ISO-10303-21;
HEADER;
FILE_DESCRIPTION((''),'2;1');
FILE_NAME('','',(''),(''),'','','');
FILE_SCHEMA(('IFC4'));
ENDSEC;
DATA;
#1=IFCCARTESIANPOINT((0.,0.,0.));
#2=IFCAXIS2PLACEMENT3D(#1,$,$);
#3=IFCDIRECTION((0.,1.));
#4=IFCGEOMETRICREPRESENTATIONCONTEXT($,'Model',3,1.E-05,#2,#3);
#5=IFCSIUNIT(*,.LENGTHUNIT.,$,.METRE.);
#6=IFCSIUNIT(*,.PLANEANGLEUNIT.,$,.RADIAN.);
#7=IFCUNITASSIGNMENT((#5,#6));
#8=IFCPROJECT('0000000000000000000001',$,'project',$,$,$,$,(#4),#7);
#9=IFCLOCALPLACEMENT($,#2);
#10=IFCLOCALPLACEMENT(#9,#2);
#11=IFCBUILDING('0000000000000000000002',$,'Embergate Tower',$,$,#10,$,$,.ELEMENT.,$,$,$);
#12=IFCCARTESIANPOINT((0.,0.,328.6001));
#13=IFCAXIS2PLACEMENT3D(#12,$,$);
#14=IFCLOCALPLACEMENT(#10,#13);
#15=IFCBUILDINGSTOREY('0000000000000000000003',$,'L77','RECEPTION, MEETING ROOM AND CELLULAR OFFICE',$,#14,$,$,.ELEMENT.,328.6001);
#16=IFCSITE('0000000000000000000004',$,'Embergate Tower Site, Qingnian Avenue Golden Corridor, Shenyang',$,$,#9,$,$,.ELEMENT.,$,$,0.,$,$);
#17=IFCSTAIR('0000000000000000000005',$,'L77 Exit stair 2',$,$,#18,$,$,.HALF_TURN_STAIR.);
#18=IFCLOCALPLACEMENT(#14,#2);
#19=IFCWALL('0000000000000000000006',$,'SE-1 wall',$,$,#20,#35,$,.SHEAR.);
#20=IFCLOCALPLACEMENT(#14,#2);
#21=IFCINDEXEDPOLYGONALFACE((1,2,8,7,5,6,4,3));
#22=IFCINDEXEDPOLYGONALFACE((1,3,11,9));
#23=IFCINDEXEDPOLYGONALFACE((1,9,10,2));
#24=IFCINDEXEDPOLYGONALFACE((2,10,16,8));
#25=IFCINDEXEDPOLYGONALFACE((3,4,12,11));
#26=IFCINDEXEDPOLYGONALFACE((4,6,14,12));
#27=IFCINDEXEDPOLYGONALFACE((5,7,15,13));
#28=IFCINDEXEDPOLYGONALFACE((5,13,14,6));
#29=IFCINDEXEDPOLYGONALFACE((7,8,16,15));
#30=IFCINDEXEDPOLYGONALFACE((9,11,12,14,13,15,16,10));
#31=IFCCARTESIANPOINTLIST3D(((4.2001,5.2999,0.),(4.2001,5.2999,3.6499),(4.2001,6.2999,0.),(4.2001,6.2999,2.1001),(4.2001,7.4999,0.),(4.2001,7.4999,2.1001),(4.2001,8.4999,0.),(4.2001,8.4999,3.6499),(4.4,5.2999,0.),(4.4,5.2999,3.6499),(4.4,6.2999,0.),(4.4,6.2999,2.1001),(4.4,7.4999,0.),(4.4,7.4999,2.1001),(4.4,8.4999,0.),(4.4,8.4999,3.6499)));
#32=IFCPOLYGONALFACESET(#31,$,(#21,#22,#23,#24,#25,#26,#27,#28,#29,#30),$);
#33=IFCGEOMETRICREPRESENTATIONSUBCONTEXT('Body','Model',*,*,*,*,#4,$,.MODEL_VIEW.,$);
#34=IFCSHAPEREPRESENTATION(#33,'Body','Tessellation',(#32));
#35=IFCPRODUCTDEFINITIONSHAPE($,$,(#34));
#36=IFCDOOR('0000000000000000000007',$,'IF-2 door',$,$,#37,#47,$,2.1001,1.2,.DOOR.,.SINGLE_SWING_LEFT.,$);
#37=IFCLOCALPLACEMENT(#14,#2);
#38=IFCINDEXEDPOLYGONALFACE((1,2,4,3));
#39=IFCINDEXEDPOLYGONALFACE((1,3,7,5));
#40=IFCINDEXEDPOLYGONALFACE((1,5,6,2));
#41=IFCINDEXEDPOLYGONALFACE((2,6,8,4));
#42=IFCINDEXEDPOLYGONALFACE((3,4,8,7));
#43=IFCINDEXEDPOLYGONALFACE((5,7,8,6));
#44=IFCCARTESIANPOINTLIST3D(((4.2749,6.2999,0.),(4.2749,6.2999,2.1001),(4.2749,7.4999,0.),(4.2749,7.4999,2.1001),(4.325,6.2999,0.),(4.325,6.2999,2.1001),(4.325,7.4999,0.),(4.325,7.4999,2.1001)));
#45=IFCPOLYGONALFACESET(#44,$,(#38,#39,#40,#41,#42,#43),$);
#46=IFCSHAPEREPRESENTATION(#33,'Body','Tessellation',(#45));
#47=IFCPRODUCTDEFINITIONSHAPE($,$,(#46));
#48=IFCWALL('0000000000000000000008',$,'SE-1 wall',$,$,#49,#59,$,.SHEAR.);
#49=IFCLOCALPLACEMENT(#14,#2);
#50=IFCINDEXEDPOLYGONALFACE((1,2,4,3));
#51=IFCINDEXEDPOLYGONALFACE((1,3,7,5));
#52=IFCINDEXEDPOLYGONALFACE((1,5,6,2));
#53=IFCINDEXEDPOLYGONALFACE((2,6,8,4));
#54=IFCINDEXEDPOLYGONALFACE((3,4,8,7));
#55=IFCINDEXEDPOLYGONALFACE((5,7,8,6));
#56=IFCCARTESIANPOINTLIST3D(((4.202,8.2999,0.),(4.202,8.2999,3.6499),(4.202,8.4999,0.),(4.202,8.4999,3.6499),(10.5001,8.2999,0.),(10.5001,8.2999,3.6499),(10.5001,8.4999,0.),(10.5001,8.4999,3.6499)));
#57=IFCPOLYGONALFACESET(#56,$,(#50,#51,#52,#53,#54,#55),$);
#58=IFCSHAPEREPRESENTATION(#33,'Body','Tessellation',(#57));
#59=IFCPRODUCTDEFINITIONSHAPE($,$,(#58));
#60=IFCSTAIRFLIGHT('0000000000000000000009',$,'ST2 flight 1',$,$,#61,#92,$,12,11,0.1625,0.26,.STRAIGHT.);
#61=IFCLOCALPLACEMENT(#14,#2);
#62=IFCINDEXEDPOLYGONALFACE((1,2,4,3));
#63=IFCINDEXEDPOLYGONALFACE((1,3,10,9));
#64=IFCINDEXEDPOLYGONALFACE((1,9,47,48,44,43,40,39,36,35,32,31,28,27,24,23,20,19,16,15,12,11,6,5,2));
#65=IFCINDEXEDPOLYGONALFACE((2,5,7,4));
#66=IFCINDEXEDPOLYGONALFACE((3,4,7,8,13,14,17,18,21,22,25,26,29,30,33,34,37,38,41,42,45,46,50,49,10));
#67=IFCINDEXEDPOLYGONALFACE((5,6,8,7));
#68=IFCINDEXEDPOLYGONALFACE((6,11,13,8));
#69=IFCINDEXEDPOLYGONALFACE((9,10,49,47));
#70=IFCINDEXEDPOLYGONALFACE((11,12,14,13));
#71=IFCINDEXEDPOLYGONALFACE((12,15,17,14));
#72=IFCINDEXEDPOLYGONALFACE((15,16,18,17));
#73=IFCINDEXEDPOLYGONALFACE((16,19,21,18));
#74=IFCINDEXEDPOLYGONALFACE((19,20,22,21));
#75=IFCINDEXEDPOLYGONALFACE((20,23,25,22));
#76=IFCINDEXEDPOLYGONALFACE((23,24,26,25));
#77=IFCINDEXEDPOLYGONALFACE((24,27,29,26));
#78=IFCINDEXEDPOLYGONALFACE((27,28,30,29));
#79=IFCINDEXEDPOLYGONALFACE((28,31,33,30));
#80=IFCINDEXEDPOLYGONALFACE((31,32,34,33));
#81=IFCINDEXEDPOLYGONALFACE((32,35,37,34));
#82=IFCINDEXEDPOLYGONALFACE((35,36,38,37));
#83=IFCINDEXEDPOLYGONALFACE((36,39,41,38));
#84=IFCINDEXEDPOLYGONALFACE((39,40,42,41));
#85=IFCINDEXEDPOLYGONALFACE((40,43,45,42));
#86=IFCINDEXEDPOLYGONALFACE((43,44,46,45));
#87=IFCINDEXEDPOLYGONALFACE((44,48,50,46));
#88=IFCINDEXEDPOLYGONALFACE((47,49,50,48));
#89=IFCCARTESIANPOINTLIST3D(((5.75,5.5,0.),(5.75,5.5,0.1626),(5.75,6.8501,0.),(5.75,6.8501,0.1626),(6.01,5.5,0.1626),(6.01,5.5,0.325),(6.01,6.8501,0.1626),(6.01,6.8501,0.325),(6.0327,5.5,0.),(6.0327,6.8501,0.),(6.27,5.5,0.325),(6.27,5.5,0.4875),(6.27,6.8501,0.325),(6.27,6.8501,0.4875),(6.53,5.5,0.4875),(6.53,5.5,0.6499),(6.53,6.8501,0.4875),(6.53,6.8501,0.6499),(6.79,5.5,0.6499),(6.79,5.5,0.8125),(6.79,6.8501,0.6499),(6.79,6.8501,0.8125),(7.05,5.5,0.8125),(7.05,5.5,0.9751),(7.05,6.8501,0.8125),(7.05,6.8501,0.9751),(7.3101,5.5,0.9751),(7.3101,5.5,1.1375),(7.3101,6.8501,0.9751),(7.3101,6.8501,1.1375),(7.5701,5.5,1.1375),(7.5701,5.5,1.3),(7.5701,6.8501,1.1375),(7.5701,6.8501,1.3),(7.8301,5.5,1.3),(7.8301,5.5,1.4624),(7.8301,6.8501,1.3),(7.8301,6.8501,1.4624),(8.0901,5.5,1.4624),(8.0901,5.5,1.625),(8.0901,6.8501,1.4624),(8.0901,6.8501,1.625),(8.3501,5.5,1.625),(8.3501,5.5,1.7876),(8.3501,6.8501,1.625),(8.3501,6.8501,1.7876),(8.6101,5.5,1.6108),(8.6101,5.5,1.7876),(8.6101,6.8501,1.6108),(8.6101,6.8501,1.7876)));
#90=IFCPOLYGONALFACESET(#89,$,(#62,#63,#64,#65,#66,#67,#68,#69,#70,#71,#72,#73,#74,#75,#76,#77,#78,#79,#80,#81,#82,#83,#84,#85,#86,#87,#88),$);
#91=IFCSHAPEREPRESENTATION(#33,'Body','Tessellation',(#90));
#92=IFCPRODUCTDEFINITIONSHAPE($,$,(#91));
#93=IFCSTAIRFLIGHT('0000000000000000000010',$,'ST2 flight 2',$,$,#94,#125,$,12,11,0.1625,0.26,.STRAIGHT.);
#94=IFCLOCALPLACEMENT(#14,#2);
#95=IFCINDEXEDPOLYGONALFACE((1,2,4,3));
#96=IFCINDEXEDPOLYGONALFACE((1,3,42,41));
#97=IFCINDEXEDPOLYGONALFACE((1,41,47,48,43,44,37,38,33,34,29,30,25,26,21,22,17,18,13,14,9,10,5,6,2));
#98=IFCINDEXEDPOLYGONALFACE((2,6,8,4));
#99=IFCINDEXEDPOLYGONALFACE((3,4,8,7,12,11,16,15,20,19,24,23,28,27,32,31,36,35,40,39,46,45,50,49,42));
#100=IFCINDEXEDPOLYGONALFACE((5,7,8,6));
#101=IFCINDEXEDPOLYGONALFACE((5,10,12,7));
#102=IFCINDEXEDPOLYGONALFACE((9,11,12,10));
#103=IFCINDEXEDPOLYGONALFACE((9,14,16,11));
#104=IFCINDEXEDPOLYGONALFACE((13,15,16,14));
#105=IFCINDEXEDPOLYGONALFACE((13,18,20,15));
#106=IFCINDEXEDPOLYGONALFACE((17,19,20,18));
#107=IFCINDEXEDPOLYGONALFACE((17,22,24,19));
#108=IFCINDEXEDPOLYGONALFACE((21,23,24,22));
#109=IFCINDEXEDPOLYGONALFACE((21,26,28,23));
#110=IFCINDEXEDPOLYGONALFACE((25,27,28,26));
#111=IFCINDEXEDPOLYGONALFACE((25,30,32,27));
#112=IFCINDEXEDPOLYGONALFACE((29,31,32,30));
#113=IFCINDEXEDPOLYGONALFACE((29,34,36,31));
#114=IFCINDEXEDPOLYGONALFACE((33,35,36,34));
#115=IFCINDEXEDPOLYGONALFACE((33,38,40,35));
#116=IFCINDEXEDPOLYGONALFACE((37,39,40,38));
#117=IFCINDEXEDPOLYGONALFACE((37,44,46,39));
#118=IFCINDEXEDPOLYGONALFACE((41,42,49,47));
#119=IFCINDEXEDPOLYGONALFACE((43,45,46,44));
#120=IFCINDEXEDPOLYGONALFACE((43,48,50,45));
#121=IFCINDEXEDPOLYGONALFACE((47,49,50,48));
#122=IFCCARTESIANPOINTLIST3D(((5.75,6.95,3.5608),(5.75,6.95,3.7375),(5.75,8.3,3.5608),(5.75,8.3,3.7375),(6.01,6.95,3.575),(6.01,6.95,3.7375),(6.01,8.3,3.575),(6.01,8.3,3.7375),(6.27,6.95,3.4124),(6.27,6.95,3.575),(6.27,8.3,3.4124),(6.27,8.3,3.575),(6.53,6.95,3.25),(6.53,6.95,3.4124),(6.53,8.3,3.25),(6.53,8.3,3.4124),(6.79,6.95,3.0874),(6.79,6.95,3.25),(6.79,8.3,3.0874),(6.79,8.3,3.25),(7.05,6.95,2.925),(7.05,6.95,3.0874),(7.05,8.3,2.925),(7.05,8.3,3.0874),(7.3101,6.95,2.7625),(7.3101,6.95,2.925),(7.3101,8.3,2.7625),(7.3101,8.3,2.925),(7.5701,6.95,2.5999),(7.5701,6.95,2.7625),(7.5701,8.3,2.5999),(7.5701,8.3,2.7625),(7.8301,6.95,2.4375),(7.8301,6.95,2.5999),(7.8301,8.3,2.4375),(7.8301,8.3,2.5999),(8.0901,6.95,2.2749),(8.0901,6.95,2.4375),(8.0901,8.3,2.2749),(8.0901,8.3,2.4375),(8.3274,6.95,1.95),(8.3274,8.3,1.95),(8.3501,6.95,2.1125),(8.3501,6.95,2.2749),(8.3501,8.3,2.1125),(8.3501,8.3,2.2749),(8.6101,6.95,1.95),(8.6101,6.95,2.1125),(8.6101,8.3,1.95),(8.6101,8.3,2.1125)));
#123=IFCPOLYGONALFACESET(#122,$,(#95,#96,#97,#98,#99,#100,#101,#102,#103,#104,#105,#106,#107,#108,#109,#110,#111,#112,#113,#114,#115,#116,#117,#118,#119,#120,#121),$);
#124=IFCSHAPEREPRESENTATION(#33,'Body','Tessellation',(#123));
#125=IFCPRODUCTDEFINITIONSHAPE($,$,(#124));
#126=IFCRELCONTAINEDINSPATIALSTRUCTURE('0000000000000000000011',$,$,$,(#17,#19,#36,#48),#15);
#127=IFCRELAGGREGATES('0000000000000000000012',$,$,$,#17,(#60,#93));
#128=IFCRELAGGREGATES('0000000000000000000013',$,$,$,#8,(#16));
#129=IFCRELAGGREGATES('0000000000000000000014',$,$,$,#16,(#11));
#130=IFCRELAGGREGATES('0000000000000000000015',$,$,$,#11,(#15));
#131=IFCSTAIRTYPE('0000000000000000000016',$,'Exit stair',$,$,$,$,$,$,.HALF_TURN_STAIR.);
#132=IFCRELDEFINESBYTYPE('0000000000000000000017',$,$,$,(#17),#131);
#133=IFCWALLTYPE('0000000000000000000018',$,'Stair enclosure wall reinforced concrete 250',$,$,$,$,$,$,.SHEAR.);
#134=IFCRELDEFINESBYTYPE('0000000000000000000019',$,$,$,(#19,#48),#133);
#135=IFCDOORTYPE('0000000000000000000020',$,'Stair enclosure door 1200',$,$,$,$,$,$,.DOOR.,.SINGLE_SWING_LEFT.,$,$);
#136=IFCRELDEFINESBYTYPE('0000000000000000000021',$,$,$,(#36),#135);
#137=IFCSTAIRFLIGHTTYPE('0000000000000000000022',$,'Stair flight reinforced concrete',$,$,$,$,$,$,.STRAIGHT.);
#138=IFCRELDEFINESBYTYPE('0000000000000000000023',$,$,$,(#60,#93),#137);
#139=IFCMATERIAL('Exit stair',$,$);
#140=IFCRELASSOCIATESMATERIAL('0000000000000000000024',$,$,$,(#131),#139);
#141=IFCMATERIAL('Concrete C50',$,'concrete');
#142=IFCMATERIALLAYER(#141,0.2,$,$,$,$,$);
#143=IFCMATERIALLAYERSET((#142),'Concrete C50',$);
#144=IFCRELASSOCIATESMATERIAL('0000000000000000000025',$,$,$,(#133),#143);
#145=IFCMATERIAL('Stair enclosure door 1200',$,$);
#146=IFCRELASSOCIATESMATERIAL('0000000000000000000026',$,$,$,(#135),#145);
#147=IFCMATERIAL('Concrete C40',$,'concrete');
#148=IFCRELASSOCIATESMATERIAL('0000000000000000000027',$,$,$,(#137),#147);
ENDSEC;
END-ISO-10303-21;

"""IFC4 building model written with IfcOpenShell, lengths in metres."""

from ifc_helpers import new_model, si_unit, direction, frame, frame_2d, origin, place, context, subcontext, project, spatial, polyline, rectangle, outline, extrude, source, transform, mapped, material, layer, layer_set, type_object, element, fill, aggregate, save


model = new_model("IFC4")

# Units and contexts
model_context = context("Model", 3, precision=1e-05, world=origin(), true_north=direction((0.0, 1.0)))
body_context = subcontext(model_context, "Body", "Model", "MODEL_VIEW")
ifc_project = project(units=[si_unit("LENGTHUNIT", "METRE"), si_unit("PLANEANGLEUNIT", "RADIAN")], contexts=[model_context])

# Site, building, storey
site_placement = place(None, origin())
site = spatial("IfcSite", under=ifc_project, at=site_placement, Name="Embergate Tower Site, Qingnian Avenue Golden Corridor, Shenyang", CompositionType="ELEMENT", RefElevation=0.0)
building_placement = place(site_placement, origin())
building = spatial("IfcBuilding", under=site, at=building_placement, Name="Embergate Tower", CompositionType="ELEMENT")
storey_placement = place(building_placement, frame((0.0, 0.0, 328.6001)))
storey = spatial("IfcBuildingStorey", under=building, at=storey_placement, Name="L77", Description="RECEPTION, MEETING ROOM AND CELLULAR OFFICE", CompositionType="ELEMENT", Elevation=328.6001)

# Stair
ifc_material_1 = material(Name="Exit stair")
stair_type = type_object("IfcStairType", Name="Exit stair", PredefinedType="HALF_TURN_STAIR", material=ifc_material_1)
stair_placement = place(storey_placement, origin())
stair = element("IfcStair", 1, at=stair_placement, inside=storey, type_object=stair_type, Name="L77 Exit stair 2", PredefinedType="HALF_TURN_STAIR")
ifc_material_2 = material(Name="Concrete C40", Category="concrete")

# Wall, opening, door
ifc_material_3 = material(Name="Concrete C50", Category="concrete")
ifc_layer_1 = layer(ifc_material_3, 0.2)
ifc_layer_set_1 = layer_set([ifc_layer_1], Name="Concrete C50")
wall_type_1 = type_object("IfcWallType", Name="Stair enclosure wall reinforced concrete 250", PredefinedType="SHEAR", material=ifc_layer_set_1)
shared_shape_1 = source(origin(), body_context, "Body", "SweptSolid", [
    extrude(rectangle(XDim=3.2, YDim=0.2, at=frame_2d((1.6001, 0.0))), origin(), (0.0, 0.0, 1.0), 3.6499),
])
wall_1_placement = place(storey_placement, frame((4.3, 8.5, 0.0), z_axis=(0.0, 0.0, 1.0), x_axis=(0.0, -1.0, 0.0)))
wall_1 = element("IfcWall", 2, at=wall_1_placement, inside=storey, type_object=wall_type_1, Name="SE-1 wall", PredefinedType="SHEAR", context=body_context, shape_type="MappedRepresentation", body=[
    mapped(shared_shape_1, transform((0.0, 0.0, 0.0))),
])
shared_shape_2 = source(origin(), body_context, "Body", "SweptSolid", [
    extrude(rectangle(XDim=1.2, YDim=2.1001, at=frame_2d((0.6001, 1.05))), frame((0.0, 0.1099, 0.0), z_axis=(0.0, -1.0, 0.0), x_axis=(1.0, 0.0, 0.0)), (0.0, 0.0, 1.0), 0.22),
])
opening_1_placement = place(wall_1_placement, frame((1.0, 0.0, 0.0)))
opening_1 = element("IfcOpeningElement", 3, at=opening_1_placement, cuts=wall_1, PredefinedType="OPENING", context=body_context, shape_type="MappedRepresentation", body=[
    mapped(shared_shape_2, transform((0.0, 0.0, 0.0))),
])
ifc_material_4 = material(Name="Stair enclosure door 1200")
door_type_1 = type_object("IfcDoorType", Name="Stair enclosure door 1200", OperationType="SINGLE_SWING_LEFT", PredefinedType="DOOR", material=ifc_material_4)
shared_shape_3 = source(origin(), body_context, "Body", "SweptSolid", [
    extrude(rectangle(XDim=1.2, YDim=2.1001, at=frame_2d((0.6001, 1.05))), frame((0.0, 0.0249, 0.0), z_axis=(0.0, -1.0, 0.0), x_axis=(1.0, 0.0, 0.0)), (0.0, 0.0, 1.0), 0.05),
])
door_1_placement = place(opening_1_placement, origin())
door_1 = element("IfcDoor", 4, at=door_1_placement, inside=storey, type_object=door_type_1, Name="IF-2 door", OperationType="SINGLE_SWING_LEFT", OverallHeight=2.1001, OverallWidth=1.2, PredefinedType="DOOR", context=body_context, shape_type="MappedRepresentation", body=[
    mapped(shared_shape_3, transform((0.0, 0.0, 0.0))),
])
fill(opening_1, door_1)

# Wall
shared_shape_4 = source(origin(), body_context, "Body", "SweptSolid", [
    extrude(rectangle(XDim=6.2981, YDim=0.2, at=frame_2d((3.1489, 0.0))), origin(), (0.0, 0.0, 1.0), 3.6499),
])
wall_2_placement = place(storey_placement, frame((10.5, 8.3999, 0.0), z_axis=(0.0, 0.0, 1.0), x_axis=(-1.0, 0.0, 0.0)))
element("IfcWall", 5, at=wall_2_placement, inside=storey, type_object=wall_type_1, Name="SE-1 wall", PredefinedType="SHEAR", context=body_context, shape_type="MappedRepresentation", body=[
    mapped(shared_shape_4, transform((0.0, 0.0, 0.0))),
])

# Stair flights
stair_flight_type = type_object("IfcStairFlightType", Name="Stair flight reinforced concrete", PredefinedType="STRAIGHT", material=ifc_material_2)
shared_shape_5 = source(origin(), body_context, "Body", "SweptSolid", [
    extrude(outline(polyline([(0.0, 0.0), (0.0, 0.1626), (0.26, 0.1626), (0.26, 0.325), (0.52, 0.325), (0.52, 0.4875), (0.78, 0.4875), (0.78, 0.6499), (1.04, 0.6499), (1.04, 0.8125), (1.3, 0.8125), (1.3, 0.9751), (1.5601, 0.9751), (1.5601, 1.1375), (1.8201, 1.1375), (1.8201, 1.3), (2.0801, 1.3), (2.0801, 1.4624), (2.3401, 1.4624), (2.3401, 1.625), (2.6001, 1.625), (2.6001, 1.7876), (2.8601, 1.7876), (2.8601, 1.95), (2.8601, 1.6108), (0.2827, 0.0), (0.0, 0.0)])), frame((0.0, 0.675, 0.0), z_axis=(0.0, -1.0, 0.0), x_axis=(1.0, 0.0, 0.0)), (0.0, 0.0, 1.0), 1.3501),
])
stair_flight_1_placement = place(storey_placement, frame((5.75, 6.175, 0.0), z_axis=(0.0, 0.0, 1.0), x_axis=(1.0, 0.0, 0.0)))
stair_flight_1 = element("IfcStairFlight", 6, at=stair_flight_1_placement, type_object=stair_flight_type, Name="ST2 flight 1", NumberOfRisers=12, NumberOfTreads=11, PredefinedType="STRAIGHT", RiserHeight=0.1625, TreadLength=0.26, context=body_context, shape_type="MappedRepresentation", body=[
    mapped(shared_shape_5, transform((0.0, 0.0, 0.0))),
])
stair_flight_2_placement = place(storey_placement, frame((8.6101, 7.625, 1.95), z_axis=(0.0, 0.0, 1.0), x_axis=(-1.0, 0.0, 0.0)))
stair_flight_2 = element("IfcStairFlight", 7, at=stair_flight_2_placement, type_object=stair_flight_type, Name="ST2 flight 2", NumberOfRisers=12, NumberOfTreads=11, PredefinedType="STRAIGHT", RiserHeight=0.1625, TreadLength=0.26, context=body_context, shape_type="MappedRepresentation", body=[
    mapped(shared_shape_5, transform((0.0, 0.0, 0.0))),
])
aggregate(stair, [stair_flight_1, stair_flight_2])

save(model, "model.ifc")
